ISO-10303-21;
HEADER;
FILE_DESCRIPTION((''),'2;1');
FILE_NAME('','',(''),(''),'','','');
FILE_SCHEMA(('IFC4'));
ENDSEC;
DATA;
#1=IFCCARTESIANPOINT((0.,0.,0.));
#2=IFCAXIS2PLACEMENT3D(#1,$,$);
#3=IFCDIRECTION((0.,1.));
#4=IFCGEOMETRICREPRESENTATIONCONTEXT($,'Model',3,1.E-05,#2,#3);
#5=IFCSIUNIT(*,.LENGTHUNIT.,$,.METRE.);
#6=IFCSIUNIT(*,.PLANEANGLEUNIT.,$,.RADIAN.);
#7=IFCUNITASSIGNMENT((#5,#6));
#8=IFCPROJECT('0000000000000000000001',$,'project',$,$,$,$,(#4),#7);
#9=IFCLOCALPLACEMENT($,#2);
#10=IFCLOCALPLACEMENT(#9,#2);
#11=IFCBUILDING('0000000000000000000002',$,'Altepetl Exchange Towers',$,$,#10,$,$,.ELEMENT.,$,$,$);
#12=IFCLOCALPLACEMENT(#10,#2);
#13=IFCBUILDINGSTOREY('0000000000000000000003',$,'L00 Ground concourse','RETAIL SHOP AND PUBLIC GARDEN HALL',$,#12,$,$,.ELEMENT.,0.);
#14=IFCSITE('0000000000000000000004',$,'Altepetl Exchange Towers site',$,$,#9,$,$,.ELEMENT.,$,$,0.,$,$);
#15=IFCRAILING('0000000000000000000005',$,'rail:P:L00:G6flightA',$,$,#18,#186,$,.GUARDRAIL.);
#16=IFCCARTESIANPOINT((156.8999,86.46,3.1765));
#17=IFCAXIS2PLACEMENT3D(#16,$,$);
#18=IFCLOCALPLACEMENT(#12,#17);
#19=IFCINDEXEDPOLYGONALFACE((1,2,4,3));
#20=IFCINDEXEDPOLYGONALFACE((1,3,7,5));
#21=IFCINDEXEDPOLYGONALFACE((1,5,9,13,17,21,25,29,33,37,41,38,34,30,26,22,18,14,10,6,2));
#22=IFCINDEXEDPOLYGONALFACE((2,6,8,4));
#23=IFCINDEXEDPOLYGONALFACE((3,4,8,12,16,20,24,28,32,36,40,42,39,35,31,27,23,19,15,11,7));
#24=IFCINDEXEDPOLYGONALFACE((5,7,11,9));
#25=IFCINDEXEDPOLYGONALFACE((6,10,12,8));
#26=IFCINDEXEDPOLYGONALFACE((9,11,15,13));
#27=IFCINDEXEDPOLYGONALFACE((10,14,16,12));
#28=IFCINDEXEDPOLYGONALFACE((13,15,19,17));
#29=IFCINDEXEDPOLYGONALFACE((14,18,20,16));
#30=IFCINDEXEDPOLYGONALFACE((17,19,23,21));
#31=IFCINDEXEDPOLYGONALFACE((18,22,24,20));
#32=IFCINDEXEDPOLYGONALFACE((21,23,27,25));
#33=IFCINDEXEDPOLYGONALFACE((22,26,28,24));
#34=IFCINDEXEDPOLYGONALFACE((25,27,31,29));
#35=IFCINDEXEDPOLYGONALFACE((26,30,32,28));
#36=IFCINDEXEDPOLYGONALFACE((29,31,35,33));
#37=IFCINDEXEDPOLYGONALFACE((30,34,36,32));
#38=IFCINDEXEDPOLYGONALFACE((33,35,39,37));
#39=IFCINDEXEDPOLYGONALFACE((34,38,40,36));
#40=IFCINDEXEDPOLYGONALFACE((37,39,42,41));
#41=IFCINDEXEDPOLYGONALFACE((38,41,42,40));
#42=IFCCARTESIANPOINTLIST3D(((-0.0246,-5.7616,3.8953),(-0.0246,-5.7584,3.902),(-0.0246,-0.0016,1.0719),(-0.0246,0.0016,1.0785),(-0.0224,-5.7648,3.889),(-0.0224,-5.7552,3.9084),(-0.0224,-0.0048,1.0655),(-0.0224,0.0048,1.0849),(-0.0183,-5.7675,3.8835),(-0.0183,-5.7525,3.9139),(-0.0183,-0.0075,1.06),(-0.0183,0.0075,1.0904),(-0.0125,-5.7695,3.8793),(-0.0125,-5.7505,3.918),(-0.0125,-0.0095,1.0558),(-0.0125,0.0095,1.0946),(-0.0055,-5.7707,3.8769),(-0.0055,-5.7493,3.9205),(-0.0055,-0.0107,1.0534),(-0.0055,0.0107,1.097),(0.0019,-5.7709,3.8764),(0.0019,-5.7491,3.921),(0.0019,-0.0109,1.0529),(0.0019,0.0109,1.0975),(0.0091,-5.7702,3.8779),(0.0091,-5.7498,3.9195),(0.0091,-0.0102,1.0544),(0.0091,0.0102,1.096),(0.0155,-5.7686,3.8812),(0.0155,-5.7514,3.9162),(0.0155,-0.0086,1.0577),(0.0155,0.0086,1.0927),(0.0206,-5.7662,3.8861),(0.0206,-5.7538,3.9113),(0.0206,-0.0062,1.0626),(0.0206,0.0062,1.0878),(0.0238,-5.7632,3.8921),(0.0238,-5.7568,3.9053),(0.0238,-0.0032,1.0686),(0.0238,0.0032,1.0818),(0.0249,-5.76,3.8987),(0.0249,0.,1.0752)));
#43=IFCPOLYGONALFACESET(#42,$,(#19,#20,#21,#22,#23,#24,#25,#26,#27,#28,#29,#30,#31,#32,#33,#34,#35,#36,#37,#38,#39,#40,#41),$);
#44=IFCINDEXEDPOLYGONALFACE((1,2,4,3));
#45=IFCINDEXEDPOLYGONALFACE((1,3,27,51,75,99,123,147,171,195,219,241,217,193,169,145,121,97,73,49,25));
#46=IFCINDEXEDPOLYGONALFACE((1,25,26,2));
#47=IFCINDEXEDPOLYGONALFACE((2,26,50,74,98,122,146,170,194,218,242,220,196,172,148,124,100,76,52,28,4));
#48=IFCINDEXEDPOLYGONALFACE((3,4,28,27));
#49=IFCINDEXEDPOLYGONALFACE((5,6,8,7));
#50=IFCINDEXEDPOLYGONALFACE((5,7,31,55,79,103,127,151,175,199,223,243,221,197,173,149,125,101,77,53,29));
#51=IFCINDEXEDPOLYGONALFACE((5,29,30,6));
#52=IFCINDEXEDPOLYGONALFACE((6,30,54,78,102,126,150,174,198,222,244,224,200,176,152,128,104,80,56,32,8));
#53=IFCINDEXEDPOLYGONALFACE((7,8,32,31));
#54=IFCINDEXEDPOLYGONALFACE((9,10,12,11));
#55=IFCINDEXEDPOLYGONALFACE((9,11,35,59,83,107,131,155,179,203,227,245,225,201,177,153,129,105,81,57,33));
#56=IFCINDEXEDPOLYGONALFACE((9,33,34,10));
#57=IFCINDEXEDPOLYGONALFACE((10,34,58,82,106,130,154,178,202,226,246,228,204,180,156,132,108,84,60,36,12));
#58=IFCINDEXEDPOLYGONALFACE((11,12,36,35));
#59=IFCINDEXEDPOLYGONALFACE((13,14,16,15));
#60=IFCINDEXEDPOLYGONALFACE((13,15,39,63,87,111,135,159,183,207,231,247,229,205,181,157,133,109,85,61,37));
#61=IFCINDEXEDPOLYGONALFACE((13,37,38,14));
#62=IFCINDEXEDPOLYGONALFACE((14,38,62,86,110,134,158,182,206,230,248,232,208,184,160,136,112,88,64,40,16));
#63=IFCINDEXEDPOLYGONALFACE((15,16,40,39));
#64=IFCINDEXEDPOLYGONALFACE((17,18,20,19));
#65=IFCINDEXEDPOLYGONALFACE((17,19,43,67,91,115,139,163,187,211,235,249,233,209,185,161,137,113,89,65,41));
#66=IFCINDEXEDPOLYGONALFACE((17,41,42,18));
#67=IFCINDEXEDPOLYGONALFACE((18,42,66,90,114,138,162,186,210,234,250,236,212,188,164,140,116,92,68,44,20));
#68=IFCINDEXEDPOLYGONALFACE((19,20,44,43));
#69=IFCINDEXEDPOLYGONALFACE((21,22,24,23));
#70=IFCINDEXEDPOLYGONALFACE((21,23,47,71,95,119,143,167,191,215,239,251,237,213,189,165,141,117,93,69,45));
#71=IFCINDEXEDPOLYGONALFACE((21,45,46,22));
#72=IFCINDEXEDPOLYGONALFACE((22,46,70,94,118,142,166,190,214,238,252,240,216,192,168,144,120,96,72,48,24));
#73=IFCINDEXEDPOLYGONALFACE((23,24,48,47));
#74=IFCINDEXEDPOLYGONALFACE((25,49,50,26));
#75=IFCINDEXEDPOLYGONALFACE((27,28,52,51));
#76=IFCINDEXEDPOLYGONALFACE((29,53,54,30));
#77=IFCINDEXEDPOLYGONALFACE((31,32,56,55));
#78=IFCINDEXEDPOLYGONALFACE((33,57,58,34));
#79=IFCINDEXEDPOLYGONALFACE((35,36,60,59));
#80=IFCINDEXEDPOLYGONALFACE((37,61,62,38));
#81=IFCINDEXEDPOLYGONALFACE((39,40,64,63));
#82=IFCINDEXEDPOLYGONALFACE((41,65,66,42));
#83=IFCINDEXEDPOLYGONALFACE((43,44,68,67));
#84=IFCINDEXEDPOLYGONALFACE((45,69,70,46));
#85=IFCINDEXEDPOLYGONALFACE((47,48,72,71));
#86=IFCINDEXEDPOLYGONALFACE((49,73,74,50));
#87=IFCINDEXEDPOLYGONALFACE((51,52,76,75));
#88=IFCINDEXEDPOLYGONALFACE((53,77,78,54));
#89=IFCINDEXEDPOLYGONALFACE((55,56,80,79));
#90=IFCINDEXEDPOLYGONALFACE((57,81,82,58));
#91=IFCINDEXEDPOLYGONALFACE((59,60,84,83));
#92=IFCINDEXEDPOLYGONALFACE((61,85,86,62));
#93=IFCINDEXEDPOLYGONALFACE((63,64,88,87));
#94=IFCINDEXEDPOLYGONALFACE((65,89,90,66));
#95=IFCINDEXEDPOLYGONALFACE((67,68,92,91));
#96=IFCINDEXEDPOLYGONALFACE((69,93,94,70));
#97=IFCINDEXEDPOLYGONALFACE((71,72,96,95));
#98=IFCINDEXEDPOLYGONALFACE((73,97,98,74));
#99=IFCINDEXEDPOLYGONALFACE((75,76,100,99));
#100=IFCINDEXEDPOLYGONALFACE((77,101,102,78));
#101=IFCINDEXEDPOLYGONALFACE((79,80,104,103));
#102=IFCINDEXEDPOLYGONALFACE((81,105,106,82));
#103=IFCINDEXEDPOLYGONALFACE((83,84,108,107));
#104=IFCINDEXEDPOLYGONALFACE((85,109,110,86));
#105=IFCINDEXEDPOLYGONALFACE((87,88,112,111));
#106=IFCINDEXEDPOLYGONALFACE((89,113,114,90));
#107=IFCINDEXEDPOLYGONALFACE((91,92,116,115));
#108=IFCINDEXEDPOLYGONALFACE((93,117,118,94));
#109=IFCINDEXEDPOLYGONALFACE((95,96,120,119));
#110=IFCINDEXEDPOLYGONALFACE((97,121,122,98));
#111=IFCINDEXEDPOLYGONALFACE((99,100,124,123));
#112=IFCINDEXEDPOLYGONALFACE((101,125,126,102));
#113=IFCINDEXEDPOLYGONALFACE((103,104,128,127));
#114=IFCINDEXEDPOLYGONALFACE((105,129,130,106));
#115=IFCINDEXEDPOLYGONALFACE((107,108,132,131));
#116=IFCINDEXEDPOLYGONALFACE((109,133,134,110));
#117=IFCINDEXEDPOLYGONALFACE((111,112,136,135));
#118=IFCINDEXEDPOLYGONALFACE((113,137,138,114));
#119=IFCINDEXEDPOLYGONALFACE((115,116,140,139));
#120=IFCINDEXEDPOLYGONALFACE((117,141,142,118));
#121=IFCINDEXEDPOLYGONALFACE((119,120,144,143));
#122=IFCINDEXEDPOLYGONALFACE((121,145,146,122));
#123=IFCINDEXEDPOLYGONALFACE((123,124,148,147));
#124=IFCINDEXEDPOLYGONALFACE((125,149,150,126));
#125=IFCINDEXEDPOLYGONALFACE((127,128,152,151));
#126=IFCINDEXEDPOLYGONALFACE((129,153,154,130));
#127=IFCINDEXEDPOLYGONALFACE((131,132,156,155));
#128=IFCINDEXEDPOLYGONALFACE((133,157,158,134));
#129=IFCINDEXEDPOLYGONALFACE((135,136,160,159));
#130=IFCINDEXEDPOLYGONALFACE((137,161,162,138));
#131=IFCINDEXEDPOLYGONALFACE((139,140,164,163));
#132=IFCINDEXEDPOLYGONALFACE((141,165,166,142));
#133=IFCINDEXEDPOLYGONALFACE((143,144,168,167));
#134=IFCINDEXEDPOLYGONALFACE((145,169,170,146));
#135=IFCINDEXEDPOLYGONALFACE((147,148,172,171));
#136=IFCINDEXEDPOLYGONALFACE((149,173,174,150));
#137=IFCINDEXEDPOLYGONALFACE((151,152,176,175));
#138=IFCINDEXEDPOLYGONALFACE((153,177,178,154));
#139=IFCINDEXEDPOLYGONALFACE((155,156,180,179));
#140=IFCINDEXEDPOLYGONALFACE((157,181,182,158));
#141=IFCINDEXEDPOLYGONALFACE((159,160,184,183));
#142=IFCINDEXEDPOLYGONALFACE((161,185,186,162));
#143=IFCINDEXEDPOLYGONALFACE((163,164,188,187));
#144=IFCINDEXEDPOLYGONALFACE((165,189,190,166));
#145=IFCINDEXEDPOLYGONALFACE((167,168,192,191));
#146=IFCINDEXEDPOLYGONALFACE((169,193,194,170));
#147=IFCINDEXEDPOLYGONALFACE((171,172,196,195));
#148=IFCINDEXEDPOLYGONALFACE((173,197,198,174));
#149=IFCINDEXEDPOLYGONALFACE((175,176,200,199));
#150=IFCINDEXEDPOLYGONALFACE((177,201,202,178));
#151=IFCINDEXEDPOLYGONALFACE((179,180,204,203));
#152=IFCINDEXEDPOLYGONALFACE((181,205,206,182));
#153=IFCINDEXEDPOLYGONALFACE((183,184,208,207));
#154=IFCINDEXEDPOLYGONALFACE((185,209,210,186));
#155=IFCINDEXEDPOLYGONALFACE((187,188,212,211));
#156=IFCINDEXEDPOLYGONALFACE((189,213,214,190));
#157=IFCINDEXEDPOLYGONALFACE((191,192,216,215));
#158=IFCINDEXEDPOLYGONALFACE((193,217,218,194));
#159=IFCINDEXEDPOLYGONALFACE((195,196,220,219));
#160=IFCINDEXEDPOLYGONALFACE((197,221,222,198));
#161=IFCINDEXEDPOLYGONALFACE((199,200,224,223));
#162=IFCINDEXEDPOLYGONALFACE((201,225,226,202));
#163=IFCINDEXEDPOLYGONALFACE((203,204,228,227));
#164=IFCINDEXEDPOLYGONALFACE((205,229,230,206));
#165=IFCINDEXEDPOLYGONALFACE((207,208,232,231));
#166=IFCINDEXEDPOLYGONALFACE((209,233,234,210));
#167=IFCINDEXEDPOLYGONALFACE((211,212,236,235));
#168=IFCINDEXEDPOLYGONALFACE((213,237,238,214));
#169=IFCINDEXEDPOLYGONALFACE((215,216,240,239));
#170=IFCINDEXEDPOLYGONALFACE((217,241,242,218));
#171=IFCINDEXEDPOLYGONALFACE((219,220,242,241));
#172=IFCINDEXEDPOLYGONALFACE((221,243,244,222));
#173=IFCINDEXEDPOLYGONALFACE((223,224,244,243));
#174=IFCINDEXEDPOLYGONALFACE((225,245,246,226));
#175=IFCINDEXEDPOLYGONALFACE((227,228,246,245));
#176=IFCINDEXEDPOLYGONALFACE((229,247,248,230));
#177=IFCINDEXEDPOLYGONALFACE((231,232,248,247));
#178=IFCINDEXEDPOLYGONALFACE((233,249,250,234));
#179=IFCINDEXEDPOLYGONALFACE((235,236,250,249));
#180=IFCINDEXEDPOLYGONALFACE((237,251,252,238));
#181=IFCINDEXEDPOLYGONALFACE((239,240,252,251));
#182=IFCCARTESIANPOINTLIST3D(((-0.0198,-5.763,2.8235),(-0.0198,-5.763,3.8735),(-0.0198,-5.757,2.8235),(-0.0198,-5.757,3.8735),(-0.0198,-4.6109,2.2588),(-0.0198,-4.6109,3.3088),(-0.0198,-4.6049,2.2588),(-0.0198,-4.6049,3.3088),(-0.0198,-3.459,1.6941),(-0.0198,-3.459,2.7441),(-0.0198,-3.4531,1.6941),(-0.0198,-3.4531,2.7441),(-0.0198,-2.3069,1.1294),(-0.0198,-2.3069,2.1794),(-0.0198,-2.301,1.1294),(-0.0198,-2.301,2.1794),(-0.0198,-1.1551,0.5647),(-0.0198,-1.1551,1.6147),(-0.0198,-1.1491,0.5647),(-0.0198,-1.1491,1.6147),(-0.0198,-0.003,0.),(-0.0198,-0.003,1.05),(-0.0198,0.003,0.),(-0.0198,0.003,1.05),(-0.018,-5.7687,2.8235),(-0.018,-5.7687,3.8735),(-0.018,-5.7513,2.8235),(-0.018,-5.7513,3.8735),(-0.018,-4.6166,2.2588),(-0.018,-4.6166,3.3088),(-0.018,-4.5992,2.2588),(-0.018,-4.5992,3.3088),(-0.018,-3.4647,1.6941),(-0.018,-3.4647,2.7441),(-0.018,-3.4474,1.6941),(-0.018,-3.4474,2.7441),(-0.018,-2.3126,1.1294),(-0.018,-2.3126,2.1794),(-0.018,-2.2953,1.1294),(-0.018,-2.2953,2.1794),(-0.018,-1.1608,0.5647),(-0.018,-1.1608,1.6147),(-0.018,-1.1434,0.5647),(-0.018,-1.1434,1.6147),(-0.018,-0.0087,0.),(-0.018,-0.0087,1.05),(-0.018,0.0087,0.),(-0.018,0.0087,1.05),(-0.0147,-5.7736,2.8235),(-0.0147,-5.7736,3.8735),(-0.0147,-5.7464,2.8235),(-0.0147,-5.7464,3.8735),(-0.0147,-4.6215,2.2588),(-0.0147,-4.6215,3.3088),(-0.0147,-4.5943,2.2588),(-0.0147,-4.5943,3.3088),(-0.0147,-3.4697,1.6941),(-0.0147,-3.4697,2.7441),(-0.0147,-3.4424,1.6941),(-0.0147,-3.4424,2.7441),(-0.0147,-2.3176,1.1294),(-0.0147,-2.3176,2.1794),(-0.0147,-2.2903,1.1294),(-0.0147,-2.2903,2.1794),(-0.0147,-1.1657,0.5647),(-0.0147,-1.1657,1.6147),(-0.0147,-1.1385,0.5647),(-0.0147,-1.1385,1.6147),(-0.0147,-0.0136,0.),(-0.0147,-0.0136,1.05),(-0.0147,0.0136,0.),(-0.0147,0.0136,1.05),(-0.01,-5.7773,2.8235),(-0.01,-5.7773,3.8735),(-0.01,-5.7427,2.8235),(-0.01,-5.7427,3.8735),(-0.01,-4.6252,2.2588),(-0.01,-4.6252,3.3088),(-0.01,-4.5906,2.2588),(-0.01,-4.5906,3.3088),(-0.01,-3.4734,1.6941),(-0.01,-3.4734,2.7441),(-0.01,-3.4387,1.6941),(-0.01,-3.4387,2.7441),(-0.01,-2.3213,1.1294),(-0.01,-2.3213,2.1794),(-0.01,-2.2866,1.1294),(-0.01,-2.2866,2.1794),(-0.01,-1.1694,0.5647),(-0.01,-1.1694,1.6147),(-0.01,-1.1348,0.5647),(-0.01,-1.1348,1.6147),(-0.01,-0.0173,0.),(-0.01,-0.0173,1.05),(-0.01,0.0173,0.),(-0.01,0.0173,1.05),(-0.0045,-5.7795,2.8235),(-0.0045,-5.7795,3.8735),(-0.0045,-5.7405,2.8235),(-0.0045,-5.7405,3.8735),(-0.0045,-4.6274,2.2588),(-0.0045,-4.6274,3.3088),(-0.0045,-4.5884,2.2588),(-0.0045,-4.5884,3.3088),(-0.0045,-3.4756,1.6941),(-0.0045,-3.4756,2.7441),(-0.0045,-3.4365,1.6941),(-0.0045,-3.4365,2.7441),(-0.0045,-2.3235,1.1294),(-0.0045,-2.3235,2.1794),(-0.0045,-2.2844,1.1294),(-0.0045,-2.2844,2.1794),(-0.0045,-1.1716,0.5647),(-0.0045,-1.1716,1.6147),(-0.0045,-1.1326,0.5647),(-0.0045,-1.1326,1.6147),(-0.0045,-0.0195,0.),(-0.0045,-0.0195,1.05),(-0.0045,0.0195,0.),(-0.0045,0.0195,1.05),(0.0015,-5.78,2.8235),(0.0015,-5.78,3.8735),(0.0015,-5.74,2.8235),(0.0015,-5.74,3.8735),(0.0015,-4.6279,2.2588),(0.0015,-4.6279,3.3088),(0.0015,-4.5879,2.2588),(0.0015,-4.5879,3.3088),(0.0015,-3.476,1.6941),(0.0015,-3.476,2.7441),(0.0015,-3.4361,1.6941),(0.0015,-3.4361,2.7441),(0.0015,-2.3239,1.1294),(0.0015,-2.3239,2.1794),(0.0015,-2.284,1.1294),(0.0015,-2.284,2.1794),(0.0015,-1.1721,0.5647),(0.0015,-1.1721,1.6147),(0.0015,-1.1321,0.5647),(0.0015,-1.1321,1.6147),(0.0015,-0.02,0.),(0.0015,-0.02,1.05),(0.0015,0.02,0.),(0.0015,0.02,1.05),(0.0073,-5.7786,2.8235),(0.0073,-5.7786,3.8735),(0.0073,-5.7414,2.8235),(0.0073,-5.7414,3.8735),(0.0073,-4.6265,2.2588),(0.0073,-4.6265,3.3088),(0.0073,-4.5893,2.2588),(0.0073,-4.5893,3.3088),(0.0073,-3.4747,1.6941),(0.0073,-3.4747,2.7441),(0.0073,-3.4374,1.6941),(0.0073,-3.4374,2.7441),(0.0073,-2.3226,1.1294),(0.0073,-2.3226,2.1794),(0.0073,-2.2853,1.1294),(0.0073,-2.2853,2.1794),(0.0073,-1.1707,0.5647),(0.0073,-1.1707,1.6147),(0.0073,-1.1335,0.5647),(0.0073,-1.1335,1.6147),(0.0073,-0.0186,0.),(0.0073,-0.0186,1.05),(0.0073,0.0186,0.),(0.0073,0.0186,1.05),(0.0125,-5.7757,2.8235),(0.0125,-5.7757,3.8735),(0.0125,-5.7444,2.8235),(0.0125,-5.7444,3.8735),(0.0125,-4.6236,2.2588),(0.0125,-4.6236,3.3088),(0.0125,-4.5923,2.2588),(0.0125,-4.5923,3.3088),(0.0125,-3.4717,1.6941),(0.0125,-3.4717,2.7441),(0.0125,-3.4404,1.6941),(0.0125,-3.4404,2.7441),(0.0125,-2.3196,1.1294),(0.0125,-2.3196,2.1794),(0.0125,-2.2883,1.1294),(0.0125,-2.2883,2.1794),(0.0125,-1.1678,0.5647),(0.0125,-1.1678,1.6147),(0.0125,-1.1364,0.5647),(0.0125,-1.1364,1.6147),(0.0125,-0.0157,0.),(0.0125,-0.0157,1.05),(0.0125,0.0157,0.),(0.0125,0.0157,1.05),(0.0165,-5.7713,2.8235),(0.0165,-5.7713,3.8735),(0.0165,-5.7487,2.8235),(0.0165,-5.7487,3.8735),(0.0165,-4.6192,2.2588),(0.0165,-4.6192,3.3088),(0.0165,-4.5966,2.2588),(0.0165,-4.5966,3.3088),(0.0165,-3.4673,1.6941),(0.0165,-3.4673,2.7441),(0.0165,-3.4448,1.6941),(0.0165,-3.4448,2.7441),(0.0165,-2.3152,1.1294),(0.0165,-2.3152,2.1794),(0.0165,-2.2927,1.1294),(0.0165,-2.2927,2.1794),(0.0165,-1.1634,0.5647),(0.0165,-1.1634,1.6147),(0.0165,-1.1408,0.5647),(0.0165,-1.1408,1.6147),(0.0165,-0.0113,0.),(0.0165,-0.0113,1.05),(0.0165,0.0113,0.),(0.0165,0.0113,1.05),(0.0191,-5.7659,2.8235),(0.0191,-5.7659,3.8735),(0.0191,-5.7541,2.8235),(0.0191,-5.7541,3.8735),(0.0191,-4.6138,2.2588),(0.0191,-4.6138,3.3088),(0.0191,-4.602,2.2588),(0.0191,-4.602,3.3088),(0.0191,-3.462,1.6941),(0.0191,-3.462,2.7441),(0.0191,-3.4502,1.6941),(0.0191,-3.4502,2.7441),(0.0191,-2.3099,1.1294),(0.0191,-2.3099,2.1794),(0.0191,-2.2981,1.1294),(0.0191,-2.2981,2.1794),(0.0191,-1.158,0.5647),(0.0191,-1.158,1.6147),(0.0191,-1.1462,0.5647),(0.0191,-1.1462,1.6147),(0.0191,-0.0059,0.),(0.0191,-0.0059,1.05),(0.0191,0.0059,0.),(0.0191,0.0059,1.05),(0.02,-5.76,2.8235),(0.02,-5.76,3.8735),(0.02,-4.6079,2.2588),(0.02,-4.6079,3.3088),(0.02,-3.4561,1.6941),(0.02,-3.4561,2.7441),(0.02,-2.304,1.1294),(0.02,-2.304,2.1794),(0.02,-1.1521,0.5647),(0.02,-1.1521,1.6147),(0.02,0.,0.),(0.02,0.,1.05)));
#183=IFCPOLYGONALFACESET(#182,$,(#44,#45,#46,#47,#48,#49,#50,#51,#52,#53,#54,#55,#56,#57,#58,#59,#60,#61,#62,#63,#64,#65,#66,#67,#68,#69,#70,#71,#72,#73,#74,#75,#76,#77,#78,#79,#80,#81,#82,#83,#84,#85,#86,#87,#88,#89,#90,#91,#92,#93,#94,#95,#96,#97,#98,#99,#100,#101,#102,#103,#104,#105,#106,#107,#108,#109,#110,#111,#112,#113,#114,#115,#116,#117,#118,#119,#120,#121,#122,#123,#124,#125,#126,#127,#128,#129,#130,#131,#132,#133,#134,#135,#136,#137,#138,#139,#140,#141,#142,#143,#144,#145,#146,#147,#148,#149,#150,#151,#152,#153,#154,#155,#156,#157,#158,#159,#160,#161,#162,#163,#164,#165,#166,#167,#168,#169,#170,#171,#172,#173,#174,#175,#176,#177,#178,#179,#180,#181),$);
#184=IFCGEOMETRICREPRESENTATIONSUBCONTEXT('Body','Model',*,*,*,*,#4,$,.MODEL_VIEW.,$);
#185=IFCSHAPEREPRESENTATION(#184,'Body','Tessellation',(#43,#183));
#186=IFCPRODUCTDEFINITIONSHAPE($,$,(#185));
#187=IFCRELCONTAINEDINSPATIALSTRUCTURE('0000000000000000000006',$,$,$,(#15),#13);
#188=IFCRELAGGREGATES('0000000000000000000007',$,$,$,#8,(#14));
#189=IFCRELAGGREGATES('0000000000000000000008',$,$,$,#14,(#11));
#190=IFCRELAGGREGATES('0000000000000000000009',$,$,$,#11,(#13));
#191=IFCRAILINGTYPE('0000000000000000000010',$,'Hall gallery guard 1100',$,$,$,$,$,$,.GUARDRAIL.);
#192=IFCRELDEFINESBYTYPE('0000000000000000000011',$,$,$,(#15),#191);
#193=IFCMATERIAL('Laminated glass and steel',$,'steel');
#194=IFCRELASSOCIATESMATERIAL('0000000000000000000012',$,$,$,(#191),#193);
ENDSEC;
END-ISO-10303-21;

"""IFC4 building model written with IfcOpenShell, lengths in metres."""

from ifc_helpers import new_model, si_unit, direction, frame, origin, origin_2d, place, context, subcontext, project, spatial, circle, extrude, source, transform, mapped, material, type_object, element, save


model = new_model("IFC4")

# Units and contexts
model_context = context("Model", 3, precision=1e-05, world=origin(), true_north=direction((0.0, 1.0)))
body_context = subcontext(model_context, "Body", "Model", "MODEL_VIEW")
ifc_project = project(units=[si_unit("LENGTHUNIT", "METRE"), si_unit("PLANEANGLEUNIT", "RADIAN")], contexts=[model_context])

# Site, building, storey
site_placement = place(None, origin())
site = spatial("IfcSite", under=ifc_project, at=site_placement, Name="Altepetl Exchange Towers site", CompositionType="ELEMENT", RefElevation=0.0)
building_placement = place(site_placement, origin())
building = spatial("IfcBuilding", under=site, at=building_placement, Name="Altepetl Exchange Towers", CompositionType="ELEMENT")
storey_placement = place(building_placement, origin())
storey = spatial("IfcBuildingStorey", under=building, at=storey_placement, Name="L00 Ground concourse", Description="RETAIL SHOP AND PUBLIC GARDEN HALL", CompositionType="ELEMENT", Elevation=0.0)

# Railing
ifc_material_1 = material(Name="Laminated glass and steel", Category="steel")
railing_type_1 = type_object("IfcRailingType", Name="Hall gallery guard 1100", PredefinedType="GUARDRAIL", material=ifc_material_1)
shared_shape_1 = source(origin(), body_context, "Body", "SweptSolid", [
    extrude(circle(Radius=0.02, at=origin_2d()), origin(), (0.0, 0.0, 1.0), 1.05),
])
for number, where, name in (
    (1, (156.8999, 86.46, 3.1765), "rail:P:L00:G6flightA"),
):
    element("IfcRailing", number, at=place(storey_placement, frame(where)), inside=storey, type_object=railing_type_1, Name=name, PredefinedType="GUARDRAIL", context=body_context, shape_type="SweptSolid", body=[
        extrude(circle(Radius=0.0249, at=origin_2d()), frame((0.0, 0.0, 1.0752), z_axis=(0.0, -0.897924, 0.440151), x_axis=(1.0, 0.0, 0.0)), (0.0, 0.0, 1.0), 6.4148),
        mapped(shared_shape_1, transform((0.0, 0.0, 0.0))),
        mapped(shared_shape_1, transform((0.0, -1.1521, 0.5647))),
        mapped(shared_shape_1, transform((0.0, -2.304, 1.1294))),
        mapped(shared_shape_1, transform((0.0, -3.4561, 1.6941))),
        mapped(shared_shape_1, transform((0.0, -4.6079, 2.2588))),
        mapped(shared_shape_1, transform((0.0, -5.76, 2.8235))),
    ])

save(model, "model.ifc")
